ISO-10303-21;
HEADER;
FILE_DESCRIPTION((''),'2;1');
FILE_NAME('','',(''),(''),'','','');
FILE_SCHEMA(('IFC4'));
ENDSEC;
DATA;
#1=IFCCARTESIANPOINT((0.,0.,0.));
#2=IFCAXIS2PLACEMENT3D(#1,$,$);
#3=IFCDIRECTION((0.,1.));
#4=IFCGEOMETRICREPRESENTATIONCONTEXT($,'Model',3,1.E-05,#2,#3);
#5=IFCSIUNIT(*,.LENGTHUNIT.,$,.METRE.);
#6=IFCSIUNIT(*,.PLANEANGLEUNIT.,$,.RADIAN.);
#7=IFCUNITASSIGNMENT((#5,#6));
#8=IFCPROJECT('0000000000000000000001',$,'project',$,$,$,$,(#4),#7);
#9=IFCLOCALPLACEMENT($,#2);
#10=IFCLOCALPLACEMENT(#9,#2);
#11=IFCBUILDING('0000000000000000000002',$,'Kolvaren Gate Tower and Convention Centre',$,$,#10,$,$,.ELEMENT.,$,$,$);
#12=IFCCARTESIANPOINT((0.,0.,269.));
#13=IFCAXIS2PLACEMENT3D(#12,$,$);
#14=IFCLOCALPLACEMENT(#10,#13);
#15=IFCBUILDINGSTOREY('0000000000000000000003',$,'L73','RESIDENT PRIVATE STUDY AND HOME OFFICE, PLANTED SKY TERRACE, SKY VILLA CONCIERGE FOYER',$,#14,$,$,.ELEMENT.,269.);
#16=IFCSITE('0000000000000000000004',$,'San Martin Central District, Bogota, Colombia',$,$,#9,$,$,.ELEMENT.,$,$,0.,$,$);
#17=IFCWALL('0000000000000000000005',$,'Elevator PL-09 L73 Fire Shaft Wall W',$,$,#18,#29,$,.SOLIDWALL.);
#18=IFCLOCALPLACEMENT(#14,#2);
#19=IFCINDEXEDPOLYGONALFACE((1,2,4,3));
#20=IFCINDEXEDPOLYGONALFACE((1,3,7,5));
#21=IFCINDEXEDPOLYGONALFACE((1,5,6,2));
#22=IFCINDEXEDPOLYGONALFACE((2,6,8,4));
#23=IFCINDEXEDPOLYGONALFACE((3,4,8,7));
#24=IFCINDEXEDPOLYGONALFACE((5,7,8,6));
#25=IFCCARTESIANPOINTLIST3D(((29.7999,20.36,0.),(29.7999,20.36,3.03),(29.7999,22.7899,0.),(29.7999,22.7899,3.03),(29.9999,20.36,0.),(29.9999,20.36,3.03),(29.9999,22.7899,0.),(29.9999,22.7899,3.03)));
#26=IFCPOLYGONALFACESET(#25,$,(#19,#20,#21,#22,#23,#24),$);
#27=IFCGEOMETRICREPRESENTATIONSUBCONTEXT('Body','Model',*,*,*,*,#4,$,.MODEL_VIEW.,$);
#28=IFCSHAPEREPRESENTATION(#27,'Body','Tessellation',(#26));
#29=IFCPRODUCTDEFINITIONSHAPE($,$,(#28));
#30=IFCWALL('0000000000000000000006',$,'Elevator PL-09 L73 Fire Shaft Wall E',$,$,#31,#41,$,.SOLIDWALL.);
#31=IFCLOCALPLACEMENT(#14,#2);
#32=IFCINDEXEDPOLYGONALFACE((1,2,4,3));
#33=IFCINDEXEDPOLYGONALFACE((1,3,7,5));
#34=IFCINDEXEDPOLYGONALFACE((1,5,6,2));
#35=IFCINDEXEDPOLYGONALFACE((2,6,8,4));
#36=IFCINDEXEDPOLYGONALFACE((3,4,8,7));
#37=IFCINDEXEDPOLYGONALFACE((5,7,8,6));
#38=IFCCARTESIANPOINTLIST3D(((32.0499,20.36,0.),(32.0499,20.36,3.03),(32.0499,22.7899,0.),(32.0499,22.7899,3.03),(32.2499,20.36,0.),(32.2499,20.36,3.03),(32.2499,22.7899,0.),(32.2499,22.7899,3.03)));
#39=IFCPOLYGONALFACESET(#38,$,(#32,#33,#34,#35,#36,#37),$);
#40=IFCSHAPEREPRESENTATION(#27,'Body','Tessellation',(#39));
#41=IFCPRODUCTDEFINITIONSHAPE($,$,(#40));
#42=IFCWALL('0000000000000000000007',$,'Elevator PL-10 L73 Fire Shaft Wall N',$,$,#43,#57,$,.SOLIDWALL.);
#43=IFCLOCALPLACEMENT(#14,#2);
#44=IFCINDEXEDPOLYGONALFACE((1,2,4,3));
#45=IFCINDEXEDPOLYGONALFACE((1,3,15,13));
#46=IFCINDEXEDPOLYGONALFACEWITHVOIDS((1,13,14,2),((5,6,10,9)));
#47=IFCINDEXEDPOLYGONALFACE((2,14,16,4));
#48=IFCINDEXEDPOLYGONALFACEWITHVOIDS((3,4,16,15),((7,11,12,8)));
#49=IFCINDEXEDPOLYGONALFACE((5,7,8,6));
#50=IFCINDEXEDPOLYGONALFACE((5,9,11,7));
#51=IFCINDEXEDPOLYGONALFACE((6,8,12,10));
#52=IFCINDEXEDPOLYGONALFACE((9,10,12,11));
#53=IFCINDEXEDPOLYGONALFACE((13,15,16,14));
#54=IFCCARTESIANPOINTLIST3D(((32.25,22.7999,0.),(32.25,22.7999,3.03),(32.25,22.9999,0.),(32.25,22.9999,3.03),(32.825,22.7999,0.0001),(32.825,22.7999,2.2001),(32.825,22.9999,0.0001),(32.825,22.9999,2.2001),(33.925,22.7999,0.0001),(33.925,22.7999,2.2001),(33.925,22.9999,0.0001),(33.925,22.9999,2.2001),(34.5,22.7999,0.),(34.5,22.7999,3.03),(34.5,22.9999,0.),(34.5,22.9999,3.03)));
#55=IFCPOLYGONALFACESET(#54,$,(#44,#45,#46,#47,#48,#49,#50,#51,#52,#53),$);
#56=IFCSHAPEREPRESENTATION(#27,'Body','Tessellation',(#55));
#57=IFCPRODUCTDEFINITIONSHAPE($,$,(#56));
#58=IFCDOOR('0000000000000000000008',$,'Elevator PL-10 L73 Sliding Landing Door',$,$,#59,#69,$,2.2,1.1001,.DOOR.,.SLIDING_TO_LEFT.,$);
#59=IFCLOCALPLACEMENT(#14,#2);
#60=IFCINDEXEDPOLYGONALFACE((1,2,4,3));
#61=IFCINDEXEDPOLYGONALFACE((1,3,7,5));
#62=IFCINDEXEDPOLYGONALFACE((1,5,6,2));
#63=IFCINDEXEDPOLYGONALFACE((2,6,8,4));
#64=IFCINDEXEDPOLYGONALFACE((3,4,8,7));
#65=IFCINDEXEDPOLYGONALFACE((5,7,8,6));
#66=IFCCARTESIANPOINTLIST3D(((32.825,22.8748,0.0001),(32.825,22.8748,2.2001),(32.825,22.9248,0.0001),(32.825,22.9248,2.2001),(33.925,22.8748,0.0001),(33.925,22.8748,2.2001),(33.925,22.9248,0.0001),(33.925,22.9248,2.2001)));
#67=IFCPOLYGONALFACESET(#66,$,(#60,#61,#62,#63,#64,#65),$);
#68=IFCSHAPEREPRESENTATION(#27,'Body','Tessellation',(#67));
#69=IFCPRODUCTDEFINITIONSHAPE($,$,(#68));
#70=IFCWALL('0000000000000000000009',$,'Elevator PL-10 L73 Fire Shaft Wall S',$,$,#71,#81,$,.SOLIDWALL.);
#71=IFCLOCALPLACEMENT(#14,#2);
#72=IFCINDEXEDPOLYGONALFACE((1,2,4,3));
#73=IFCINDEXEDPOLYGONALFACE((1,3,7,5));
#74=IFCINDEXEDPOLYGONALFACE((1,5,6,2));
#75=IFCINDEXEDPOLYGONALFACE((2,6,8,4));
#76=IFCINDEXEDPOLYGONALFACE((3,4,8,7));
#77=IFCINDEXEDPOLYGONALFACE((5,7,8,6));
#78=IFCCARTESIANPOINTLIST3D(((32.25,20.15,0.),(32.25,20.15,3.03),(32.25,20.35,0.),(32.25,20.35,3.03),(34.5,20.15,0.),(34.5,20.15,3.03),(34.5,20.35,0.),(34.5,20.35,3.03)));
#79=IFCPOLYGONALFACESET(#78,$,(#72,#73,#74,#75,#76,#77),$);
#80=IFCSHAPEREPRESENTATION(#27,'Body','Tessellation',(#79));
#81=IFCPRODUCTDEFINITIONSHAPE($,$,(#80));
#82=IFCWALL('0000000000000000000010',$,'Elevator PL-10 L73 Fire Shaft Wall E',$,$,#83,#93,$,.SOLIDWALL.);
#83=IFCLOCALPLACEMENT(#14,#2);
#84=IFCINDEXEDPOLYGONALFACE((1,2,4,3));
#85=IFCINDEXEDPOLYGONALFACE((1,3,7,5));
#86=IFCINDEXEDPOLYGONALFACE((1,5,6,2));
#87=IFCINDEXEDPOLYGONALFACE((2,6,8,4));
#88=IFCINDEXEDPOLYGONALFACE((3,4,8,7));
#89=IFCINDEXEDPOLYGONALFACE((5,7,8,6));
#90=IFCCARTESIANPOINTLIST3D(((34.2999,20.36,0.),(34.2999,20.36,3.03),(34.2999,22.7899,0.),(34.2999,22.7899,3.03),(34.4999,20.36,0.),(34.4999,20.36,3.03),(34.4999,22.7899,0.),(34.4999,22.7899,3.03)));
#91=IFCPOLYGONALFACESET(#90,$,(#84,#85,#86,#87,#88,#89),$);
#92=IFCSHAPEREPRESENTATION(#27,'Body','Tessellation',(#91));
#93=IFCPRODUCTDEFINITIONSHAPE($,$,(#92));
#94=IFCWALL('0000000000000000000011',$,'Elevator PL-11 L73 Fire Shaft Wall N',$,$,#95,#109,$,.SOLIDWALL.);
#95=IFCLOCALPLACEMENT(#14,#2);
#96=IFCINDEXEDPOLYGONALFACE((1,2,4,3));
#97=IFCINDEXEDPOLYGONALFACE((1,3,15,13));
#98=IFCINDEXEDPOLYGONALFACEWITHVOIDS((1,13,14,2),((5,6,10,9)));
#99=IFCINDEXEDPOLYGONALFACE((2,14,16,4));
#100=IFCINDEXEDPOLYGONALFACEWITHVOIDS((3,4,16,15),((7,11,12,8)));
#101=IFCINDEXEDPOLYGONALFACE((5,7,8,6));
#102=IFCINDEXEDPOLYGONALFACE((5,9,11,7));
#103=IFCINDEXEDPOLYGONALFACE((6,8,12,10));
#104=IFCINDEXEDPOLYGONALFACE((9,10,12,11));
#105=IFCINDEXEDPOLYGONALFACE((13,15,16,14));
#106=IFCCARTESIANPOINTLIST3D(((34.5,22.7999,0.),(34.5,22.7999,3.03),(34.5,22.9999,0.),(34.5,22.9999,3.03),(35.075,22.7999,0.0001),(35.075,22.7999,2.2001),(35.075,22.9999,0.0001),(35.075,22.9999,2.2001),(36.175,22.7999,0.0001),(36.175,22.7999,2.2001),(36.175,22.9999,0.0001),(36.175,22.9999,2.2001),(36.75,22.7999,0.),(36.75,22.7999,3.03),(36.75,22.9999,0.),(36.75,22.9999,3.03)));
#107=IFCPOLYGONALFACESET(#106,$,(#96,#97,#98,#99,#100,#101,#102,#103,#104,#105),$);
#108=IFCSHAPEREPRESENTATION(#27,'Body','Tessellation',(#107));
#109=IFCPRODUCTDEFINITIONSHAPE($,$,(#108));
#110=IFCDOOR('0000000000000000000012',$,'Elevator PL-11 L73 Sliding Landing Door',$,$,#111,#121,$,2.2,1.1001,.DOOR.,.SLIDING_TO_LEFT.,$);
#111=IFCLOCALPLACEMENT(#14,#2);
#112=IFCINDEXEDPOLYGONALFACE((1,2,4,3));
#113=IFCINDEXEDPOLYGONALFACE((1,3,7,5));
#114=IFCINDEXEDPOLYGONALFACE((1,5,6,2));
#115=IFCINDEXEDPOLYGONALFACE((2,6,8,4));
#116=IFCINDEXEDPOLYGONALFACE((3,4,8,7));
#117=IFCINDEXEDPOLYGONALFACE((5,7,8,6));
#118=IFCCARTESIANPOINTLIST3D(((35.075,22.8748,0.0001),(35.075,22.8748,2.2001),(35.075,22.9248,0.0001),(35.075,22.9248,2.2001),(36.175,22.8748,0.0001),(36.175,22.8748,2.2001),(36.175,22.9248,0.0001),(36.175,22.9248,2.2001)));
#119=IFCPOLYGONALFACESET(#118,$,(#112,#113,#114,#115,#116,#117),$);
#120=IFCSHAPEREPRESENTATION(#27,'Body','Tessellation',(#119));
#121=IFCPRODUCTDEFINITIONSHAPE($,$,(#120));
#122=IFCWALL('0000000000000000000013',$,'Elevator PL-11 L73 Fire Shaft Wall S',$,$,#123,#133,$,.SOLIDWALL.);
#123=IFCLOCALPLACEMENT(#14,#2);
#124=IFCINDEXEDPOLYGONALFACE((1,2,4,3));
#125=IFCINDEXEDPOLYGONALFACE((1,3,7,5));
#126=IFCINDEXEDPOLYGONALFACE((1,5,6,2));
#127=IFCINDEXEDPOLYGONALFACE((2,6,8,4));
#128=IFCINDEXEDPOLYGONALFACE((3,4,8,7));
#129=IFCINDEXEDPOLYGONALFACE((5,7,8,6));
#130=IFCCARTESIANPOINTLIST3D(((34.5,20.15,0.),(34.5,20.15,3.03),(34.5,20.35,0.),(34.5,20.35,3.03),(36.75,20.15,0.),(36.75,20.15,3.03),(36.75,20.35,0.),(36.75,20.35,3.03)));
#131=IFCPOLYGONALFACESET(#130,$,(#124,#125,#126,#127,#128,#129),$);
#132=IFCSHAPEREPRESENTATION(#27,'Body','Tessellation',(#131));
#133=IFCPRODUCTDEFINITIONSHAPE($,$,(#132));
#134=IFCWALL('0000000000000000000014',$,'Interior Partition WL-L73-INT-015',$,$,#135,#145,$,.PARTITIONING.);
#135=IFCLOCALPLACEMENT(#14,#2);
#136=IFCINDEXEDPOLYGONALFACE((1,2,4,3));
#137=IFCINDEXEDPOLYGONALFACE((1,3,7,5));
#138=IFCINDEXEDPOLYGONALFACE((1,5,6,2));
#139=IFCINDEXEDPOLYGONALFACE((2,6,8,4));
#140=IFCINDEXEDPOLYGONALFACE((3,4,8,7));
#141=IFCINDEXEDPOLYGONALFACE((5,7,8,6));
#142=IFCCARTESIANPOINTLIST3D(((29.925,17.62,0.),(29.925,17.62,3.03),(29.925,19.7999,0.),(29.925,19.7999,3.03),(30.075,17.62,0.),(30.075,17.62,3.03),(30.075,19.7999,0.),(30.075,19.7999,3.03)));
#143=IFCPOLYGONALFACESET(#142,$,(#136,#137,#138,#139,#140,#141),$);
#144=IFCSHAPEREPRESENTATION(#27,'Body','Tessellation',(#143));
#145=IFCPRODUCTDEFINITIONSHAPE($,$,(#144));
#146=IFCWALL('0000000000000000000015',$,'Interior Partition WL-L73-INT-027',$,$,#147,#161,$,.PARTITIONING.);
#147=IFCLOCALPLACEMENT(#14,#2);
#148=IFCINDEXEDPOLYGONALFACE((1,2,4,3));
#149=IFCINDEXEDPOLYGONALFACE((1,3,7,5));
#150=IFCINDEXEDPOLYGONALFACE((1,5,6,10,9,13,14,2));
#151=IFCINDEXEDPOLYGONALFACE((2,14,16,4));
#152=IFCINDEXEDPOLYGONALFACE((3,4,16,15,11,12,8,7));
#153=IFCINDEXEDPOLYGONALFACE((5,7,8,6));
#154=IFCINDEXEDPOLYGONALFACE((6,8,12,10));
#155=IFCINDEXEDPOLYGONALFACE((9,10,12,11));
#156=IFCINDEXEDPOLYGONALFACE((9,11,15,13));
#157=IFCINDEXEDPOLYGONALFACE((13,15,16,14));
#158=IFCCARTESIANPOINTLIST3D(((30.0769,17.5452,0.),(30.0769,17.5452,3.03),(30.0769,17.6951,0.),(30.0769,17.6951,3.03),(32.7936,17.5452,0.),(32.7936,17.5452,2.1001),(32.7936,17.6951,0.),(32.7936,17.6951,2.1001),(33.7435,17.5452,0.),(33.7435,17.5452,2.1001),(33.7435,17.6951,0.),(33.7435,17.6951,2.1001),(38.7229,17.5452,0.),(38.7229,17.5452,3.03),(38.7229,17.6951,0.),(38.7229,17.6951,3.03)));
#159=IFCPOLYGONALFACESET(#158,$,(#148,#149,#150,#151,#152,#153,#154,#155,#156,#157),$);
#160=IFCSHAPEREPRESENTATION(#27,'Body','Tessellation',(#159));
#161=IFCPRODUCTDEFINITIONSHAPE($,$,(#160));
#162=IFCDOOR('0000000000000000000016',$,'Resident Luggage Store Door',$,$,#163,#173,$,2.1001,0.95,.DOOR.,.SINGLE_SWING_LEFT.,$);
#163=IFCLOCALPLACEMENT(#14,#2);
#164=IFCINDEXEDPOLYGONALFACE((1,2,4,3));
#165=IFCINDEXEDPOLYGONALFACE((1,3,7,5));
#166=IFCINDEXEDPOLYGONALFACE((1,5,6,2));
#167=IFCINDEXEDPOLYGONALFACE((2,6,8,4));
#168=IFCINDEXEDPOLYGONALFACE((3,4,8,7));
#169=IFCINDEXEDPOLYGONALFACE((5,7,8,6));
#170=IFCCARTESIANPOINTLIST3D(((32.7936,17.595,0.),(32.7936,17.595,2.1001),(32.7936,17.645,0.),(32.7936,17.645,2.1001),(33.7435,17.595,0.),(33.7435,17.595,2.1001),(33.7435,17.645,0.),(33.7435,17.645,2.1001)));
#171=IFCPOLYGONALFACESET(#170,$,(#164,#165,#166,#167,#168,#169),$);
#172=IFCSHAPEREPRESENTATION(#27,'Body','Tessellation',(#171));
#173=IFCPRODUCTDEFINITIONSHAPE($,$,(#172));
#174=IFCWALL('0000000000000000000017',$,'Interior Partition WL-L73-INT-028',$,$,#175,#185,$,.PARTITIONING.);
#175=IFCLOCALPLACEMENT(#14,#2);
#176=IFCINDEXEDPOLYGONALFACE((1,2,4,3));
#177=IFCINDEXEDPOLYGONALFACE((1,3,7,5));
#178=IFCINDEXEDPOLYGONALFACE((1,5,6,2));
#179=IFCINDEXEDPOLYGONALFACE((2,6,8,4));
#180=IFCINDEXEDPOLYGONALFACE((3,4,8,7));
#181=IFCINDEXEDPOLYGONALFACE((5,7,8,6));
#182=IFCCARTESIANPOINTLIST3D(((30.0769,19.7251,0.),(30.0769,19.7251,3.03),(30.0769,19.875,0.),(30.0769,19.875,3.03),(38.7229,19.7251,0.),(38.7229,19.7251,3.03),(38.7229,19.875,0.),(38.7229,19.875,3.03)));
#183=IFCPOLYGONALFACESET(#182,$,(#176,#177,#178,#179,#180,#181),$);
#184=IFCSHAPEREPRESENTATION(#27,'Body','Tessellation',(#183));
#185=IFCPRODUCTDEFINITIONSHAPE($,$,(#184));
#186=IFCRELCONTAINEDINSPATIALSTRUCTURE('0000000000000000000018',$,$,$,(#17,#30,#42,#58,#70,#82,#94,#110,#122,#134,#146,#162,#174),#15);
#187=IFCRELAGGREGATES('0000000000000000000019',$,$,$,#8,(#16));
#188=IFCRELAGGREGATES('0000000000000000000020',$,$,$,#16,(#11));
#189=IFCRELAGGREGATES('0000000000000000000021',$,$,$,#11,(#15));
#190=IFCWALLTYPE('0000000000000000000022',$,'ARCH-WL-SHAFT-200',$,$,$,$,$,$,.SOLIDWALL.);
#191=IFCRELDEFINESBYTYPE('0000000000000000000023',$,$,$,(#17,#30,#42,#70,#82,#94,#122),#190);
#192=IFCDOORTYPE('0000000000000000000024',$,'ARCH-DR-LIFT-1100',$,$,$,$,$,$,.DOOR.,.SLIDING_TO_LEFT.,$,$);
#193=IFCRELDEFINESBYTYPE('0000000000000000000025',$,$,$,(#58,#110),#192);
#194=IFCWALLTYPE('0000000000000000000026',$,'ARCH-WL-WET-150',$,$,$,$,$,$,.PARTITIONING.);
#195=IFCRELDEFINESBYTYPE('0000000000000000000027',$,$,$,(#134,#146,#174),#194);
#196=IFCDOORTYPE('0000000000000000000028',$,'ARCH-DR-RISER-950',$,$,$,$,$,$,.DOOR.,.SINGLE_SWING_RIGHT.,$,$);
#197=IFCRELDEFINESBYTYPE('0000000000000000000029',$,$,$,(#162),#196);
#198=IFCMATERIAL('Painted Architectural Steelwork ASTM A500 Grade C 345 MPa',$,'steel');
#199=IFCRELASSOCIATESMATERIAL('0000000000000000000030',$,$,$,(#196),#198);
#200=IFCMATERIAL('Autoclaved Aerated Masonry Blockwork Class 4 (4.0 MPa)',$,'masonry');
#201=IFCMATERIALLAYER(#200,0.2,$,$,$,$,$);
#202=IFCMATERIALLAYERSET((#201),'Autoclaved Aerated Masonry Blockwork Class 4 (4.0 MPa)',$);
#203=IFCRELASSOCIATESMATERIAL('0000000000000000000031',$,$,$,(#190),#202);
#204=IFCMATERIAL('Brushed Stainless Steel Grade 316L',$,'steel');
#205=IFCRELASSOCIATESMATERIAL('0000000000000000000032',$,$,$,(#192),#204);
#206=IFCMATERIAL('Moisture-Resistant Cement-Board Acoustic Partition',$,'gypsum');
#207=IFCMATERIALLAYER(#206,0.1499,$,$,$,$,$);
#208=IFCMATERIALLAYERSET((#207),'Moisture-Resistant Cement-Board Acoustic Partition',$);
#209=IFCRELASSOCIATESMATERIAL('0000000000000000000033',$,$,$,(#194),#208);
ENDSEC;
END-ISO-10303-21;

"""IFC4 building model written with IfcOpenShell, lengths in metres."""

from ifc_helpers import new_model, si_unit, direction, frame, frame_2d, origin, place, context, subcontext, project, spatial, rectangle, extrude, material, layer, layer_set, type_object, element, fill, save


model = new_model("IFC4")

# Units and contexts
model_context = context("Model", 3, precision=1e-05, world=origin(), true_north=direction((0.0, 1.0)))
body_context = subcontext(model_context, "Body", "Model", "MODEL_VIEW")
ifc_project = project(units=[si_unit("LENGTHUNIT", "METRE"), si_unit("PLANEANGLEUNIT", "RADIAN")], contexts=[model_context])

# Site, building, storey
site_placement = place(None, origin())
site = spatial("IfcSite", under=ifc_project, at=site_placement, Name="San Martin Central District, Bogota, Colombia", CompositionType="ELEMENT", RefElevation=0.0)
building_placement = place(site_placement, origin())
building = spatial("IfcBuilding", under=site, at=building_placement, Name="Kolvaren Gate Tower and Convention Centre", CompositionType="ELEMENT")
storey_placement = place(building_placement, frame((0.0, 0.0, 269.0)))
storey = spatial("IfcBuildingStorey", under=building, at=storey_placement, Name="L73", Description="RESIDENT PRIVATE STUDY AND HOME OFFICE, PLANTED SKY TERRACE, SKY VILLA CONCIERGE FOYER", CompositionType="ELEMENT", Elevation=269.0)

# Shared definitions
ifc_material_1 = material(Name="Autoclaved Aerated Masonry Blockwork Class 4 (4.0 MPa)", Category="masonry")
ifc_material_2 = material(Name="Painted Architectural Steelwork ASTM A500 Grade C 345 MPa", Category="steel")
door_type_1 = type_object("IfcDoorType", Name="ARCH-DR-RISER-950", OperationType="SINGLE_SWING_RIGHT", PredefinedType="DOOR", material=ifc_material_2)

# Shared definitions
ifc_layer_1 = layer(ifc_material_1, 0.2)
ifc_layer_set_1 = layer_set([ifc_layer_1], Name="Autoclaved Aerated Masonry Blockwork Class 4 (4.0 MPa)")
wall_type_1 = type_object("IfcWallType", Name="ARCH-WL-SHAFT-200", PredefinedType="SOLIDWALL", material=ifc_layer_set_1)
ifc_material_3 = material(Name="Brushed Stainless Steel Grade 316L", Category="steel")
door_type_2 = type_object("IfcDoorType", Name="ARCH-DR-LIFT-1100", OperationType="SLIDING_TO_LEFT", PredefinedType="DOOR", material=ifc_material_3)

# Walls
for number, where, z_axis, x_axis, name in (
    (1, (29.8999, 20.3601, 0.0), (0.0, 0.0, 1.0), (0.0, 1.0, 0.0), "Elevator PL-09 L73 Fire Shaft Wall W"),
    (2, (32.1499, 20.3601, 0.0), (0.0, 0.0, 1.0), (0.0, 1.0, 0.0), "Elevator PL-09 L73 Fire Shaft Wall E"),
):
    element("IfcWall", number, at=place(storey_placement, frame(where, z_axis=z_axis, x_axis=x_axis)), inside=storey, type_object=wall_type_1, Name=name, PredefinedType="SOLIDWALL", context=body_context, shape_type="SweptSolid", body=[
        extrude(rectangle(XDim=2.4299, YDim=0.2, at=frame_2d((1.2148, 0.0))), origin(), (0.0, 0.0, 1.0), 3.03),
    ])

# Wall, opening, door
wall_1_placement = place(storey_placement, frame((32.25, 22.8999, 0.0), z_axis=(0.0, 0.0, 1.0), x_axis=(1.0, 0.0, 0.0)))
wall_1 = element("IfcWall", 3, at=wall_1_placement, inside=storey, type_object=wall_type_1, Name="Elevator PL-10 L73 Fire Shaft Wall N", PredefinedType="SOLIDWALL", context=body_context, shape_type="SweptSolid", body=[
    extrude(rectangle(XDim=2.25, YDim=0.2, at=frame_2d((1.125, 0.0))), origin(), (0.0, 0.0, 1.0), 3.03),
])
opening_1_placement = place(wall_1_placement, frame((0.575, 0.0, 0.0)))
opening_1 = element("IfcOpeningElement", 4, at=opening_1_placement, cuts=wall_1, PredefinedType="OPENING", context=body_context, shape_type="SweptSolid", body=[
    extrude(rectangle(XDim=1.1001, YDim=2.2, at=frame_2d((0.55, 1.1001))), frame((0.0, 0.1099, 0.0), z_axis=(0.0, -1.0, 0.0), x_axis=(1.0, 0.0, 0.0)), (0.0, 0.0, 1.0), 0.22),
])
door_1_placement = place(opening_1_placement, origin())
door_1 = element("IfcDoor", 5, at=door_1_placement, inside=storey, type_object=door_type_2, Name="Elevator PL-10 L73 Sliding Landing Door", OperationType="SLIDING_TO_LEFT", OverallHeight=2.2, OverallWidth=1.1001, PredefinedType="DOOR", context=body_context, shape_type="SweptSolid", body=[
    extrude(rectangle(XDim=1.1001, YDim=2.2, at=frame_2d((0.55, 1.1001))), frame((0.0, 0.0249, 0.0), z_axis=(0.0, -1.0, 0.0), x_axis=(1.0, 0.0, 0.0)), (0.0, 0.0, 1.0), 0.05),
])
fill(opening_1, door_1)

# Walls
wall_2_placement = place(storey_placement, frame((32.25, 20.25, 0.0), z_axis=(0.0, 0.0, 1.0), x_axis=(1.0, 0.0, 0.0)))
element("IfcWall", 6, at=wall_2_placement, inside=storey, type_object=wall_type_1, Name="Elevator PL-10 L73 Fire Shaft Wall S", PredefinedType="SOLIDWALL", context=body_context, shape_type="SweptSolid", body=[
    extrude(rectangle(XDim=2.25, YDim=0.2, at=frame_2d((1.125, 0.0))), origin(), (0.0, 0.0, 1.0), 3.03),
])
wall_3_placement = place(storey_placement, frame((34.3999, 20.3601, 0.0), z_axis=(0.0, 0.0, 1.0), x_axis=(0.0, 1.0, 0.0)))
element("IfcWall", 7, at=wall_3_placement, inside=storey, type_object=wall_type_1, Name="Elevator PL-10 L73 Fire Shaft Wall E", PredefinedType="SOLIDWALL", context=body_context, shape_type="SweptSolid", body=[
    extrude(rectangle(XDim=2.4299, YDim=0.2, at=frame_2d((1.2148, 0.0))), origin(), (0.0, 0.0, 1.0), 3.03),
])

# Wall, opening, door
wall_4_placement = place(storey_placement, frame((34.5, 22.8999, 0.0), z_axis=(0.0, 0.0, 1.0), x_axis=(1.0, 0.0, 0.0)))
wall_4 = element("IfcWall", 8, at=wall_4_placement, inside=storey, type_object=wall_type_1, Name="Elevator PL-11 L73 Fire Shaft Wall N", PredefinedType="SOLIDWALL", context=body_context, shape_type="SweptSolid", body=[
    extrude(rectangle(XDim=2.25, YDim=0.2, at=frame_2d((1.125, 0.0))), origin(), (0.0, 0.0, 1.0), 3.03),
])
opening_2_placement = place(wall_4_placement, frame((0.575, 0.0, 0.0)))
opening_2 = element("IfcOpeningElement", 9, at=opening_2_placement, cuts=wall_4, PredefinedType="OPENING", context=body_context, shape_type="SweptSolid", body=[
    extrude(rectangle(XDim=1.1001, YDim=2.2, at=frame_2d((0.55, 1.1001))), frame((0.0, 0.1099, 0.0), z_axis=(0.0, -1.0, 0.0), x_axis=(1.0, 0.0, 0.0)), (0.0, 0.0, 1.0), 0.22),
])
door_2_placement = place(opening_2_placement, origin())
door_2 = element("IfcDoor", 10, at=door_2_placement, inside=storey, type_object=door_type_2, Name="Elevator PL-11 L73 Sliding Landing Door", OperationType="SLIDING_TO_LEFT", OverallHeight=2.2, OverallWidth=1.1001, PredefinedType="DOOR", context=body_context, shape_type="SweptSolid", body=[
    extrude(rectangle(XDim=1.1001, YDim=2.2, at=frame_2d((0.55, 1.1001))), frame((0.0, 0.0249, 0.0), z_axis=(0.0, -1.0, 0.0), x_axis=(1.0, 0.0, 0.0)), (0.0, 0.0, 1.0), 0.05),
])
fill(opening_2, door_2)

# Walls
wall_5_placement = place(storey_placement, frame((34.5, 20.25, 0.0), z_axis=(0.0, 0.0, 1.0), x_axis=(1.0, 0.0, 0.0)))
element("IfcWall", 11, at=wall_5_placement, inside=storey, type_object=wall_type_1, Name="Elevator PL-11 L73 Fire Shaft Wall S", PredefinedType="SOLIDWALL", context=body_context, shape_type="SweptSolid", body=[
    extrude(rectangle(XDim=2.25, YDim=0.2, at=frame_2d((1.125, 0.0))), origin(), (0.0, 0.0, 1.0), 3.03),
])
ifc_material_4 = material(Name="Moisture-Resistant Cement-Board Acoustic Partition", Category="gypsum")
ifc_layer_2 = layer(ifc_material_4, 0.1499)
ifc_layer_set_2 = layer_set([ifc_layer_2], Name="Moisture-Resistant Cement-Board Acoustic Partition")
wall_type_2 = type_object("IfcWallType", Name="ARCH-WL-WET-150", PredefinedType="PARTITIONING", material=ifc_layer_set_2)
wall_6_placement = place(storey_placement, frame((30.0, 17.6201, 0.0), z_axis=(0.0, 0.0, 1.0), x_axis=(0.0, 1.0, 0.0)))
element("IfcWall", 12, at=wall_6_placement, inside=storey, type_object=wall_type_2, Name="Interior Partition WL-L73-INT-015", PredefinedType="PARTITIONING", context=body_context, shape_type="SweptSolid", body=[
    extrude(rectangle(XDim=2.1799, YDim=0.1499, at=frame_2d((1.0898, 0.0))), origin(), (0.0, 0.0, 1.0), 3.03),
])

# Wall, opening, door
wall_7_placement = place(storey_placement, frame((30.0769, 17.6201, 0.0), z_axis=(0.0, 0.0, 1.0), x_axis=(1.0, 0.0, 0.0)))
wall_7 = element("IfcWall", 13, at=wall_7_placement, inside=storey, type_object=wall_type_2, Name="Interior Partition WL-L73-INT-027", PredefinedType="PARTITIONING", context=body_context, shape_type="SweptSolid", body=[
    extrude(rectangle(XDim=8.646, YDim=0.1499, at=frame_2d((4.323, 0.0))), origin(), (0.0, 0.0, 1.0), 3.03),
])
opening_3_placement = place(wall_7_placement, frame((2.7166, 0.0, 0.0)))
opening_3 = element("IfcOpeningElement", 14, at=opening_3_placement, cuts=wall_7, PredefinedType="OPENING", context=body_context, shape_type="SweptSolid", body=[
    extrude(rectangle(XDim=0.95, YDim=2.1001, at=frame_2d((0.4751, 1.05))), frame((0.0, 0.085, 0.0), z_axis=(0.0, -1.0, 0.0), x_axis=(1.0, 0.0, 0.0)), (0.0, 0.0, 1.0), 0.1699),
])
door_3_placement = place(opening_3_placement, origin())
door_3 = element("IfcDoor", 15, at=door_3_placement, inside=storey, type_object=door_type_1, Name="Resident Luggage Store Door", OperationType="SINGLE_SWING_LEFT", OverallHeight=2.1001, OverallWidth=0.95, PredefinedType="DOOR", context=body_context, shape_type="SweptSolid", body=[
    extrude(rectangle(XDim=0.95, YDim=2.1001, at=frame_2d((0.4751, 1.05))), frame((0.0, 0.0249, 0.0), z_axis=(0.0, -1.0, 0.0), x_axis=(1.0, 0.0, 0.0)), (0.0, 0.0, 1.0), 0.05),
])
fill(opening_3, door_3)

# Wall
wall_8_placement = place(storey_placement, frame((30.0769, 19.8, 0.0), z_axis=(0.0, 0.0, 1.0), x_axis=(1.0, 0.0, 0.0)))
element("IfcWall", 16, at=wall_8_placement, inside=storey, type_object=wall_type_2, Name="Interior Partition WL-L73-INT-028", PredefinedType="PARTITIONING", context=body_context, shape_type="SweptSolid", body=[
    extrude(rectangle(XDim=8.646, YDim=0.1499, at=frame_2d((4.323, 0.0))), origin(), (0.0, 0.0, 1.0), 3.03),
])

save(model, "model.ifc")
